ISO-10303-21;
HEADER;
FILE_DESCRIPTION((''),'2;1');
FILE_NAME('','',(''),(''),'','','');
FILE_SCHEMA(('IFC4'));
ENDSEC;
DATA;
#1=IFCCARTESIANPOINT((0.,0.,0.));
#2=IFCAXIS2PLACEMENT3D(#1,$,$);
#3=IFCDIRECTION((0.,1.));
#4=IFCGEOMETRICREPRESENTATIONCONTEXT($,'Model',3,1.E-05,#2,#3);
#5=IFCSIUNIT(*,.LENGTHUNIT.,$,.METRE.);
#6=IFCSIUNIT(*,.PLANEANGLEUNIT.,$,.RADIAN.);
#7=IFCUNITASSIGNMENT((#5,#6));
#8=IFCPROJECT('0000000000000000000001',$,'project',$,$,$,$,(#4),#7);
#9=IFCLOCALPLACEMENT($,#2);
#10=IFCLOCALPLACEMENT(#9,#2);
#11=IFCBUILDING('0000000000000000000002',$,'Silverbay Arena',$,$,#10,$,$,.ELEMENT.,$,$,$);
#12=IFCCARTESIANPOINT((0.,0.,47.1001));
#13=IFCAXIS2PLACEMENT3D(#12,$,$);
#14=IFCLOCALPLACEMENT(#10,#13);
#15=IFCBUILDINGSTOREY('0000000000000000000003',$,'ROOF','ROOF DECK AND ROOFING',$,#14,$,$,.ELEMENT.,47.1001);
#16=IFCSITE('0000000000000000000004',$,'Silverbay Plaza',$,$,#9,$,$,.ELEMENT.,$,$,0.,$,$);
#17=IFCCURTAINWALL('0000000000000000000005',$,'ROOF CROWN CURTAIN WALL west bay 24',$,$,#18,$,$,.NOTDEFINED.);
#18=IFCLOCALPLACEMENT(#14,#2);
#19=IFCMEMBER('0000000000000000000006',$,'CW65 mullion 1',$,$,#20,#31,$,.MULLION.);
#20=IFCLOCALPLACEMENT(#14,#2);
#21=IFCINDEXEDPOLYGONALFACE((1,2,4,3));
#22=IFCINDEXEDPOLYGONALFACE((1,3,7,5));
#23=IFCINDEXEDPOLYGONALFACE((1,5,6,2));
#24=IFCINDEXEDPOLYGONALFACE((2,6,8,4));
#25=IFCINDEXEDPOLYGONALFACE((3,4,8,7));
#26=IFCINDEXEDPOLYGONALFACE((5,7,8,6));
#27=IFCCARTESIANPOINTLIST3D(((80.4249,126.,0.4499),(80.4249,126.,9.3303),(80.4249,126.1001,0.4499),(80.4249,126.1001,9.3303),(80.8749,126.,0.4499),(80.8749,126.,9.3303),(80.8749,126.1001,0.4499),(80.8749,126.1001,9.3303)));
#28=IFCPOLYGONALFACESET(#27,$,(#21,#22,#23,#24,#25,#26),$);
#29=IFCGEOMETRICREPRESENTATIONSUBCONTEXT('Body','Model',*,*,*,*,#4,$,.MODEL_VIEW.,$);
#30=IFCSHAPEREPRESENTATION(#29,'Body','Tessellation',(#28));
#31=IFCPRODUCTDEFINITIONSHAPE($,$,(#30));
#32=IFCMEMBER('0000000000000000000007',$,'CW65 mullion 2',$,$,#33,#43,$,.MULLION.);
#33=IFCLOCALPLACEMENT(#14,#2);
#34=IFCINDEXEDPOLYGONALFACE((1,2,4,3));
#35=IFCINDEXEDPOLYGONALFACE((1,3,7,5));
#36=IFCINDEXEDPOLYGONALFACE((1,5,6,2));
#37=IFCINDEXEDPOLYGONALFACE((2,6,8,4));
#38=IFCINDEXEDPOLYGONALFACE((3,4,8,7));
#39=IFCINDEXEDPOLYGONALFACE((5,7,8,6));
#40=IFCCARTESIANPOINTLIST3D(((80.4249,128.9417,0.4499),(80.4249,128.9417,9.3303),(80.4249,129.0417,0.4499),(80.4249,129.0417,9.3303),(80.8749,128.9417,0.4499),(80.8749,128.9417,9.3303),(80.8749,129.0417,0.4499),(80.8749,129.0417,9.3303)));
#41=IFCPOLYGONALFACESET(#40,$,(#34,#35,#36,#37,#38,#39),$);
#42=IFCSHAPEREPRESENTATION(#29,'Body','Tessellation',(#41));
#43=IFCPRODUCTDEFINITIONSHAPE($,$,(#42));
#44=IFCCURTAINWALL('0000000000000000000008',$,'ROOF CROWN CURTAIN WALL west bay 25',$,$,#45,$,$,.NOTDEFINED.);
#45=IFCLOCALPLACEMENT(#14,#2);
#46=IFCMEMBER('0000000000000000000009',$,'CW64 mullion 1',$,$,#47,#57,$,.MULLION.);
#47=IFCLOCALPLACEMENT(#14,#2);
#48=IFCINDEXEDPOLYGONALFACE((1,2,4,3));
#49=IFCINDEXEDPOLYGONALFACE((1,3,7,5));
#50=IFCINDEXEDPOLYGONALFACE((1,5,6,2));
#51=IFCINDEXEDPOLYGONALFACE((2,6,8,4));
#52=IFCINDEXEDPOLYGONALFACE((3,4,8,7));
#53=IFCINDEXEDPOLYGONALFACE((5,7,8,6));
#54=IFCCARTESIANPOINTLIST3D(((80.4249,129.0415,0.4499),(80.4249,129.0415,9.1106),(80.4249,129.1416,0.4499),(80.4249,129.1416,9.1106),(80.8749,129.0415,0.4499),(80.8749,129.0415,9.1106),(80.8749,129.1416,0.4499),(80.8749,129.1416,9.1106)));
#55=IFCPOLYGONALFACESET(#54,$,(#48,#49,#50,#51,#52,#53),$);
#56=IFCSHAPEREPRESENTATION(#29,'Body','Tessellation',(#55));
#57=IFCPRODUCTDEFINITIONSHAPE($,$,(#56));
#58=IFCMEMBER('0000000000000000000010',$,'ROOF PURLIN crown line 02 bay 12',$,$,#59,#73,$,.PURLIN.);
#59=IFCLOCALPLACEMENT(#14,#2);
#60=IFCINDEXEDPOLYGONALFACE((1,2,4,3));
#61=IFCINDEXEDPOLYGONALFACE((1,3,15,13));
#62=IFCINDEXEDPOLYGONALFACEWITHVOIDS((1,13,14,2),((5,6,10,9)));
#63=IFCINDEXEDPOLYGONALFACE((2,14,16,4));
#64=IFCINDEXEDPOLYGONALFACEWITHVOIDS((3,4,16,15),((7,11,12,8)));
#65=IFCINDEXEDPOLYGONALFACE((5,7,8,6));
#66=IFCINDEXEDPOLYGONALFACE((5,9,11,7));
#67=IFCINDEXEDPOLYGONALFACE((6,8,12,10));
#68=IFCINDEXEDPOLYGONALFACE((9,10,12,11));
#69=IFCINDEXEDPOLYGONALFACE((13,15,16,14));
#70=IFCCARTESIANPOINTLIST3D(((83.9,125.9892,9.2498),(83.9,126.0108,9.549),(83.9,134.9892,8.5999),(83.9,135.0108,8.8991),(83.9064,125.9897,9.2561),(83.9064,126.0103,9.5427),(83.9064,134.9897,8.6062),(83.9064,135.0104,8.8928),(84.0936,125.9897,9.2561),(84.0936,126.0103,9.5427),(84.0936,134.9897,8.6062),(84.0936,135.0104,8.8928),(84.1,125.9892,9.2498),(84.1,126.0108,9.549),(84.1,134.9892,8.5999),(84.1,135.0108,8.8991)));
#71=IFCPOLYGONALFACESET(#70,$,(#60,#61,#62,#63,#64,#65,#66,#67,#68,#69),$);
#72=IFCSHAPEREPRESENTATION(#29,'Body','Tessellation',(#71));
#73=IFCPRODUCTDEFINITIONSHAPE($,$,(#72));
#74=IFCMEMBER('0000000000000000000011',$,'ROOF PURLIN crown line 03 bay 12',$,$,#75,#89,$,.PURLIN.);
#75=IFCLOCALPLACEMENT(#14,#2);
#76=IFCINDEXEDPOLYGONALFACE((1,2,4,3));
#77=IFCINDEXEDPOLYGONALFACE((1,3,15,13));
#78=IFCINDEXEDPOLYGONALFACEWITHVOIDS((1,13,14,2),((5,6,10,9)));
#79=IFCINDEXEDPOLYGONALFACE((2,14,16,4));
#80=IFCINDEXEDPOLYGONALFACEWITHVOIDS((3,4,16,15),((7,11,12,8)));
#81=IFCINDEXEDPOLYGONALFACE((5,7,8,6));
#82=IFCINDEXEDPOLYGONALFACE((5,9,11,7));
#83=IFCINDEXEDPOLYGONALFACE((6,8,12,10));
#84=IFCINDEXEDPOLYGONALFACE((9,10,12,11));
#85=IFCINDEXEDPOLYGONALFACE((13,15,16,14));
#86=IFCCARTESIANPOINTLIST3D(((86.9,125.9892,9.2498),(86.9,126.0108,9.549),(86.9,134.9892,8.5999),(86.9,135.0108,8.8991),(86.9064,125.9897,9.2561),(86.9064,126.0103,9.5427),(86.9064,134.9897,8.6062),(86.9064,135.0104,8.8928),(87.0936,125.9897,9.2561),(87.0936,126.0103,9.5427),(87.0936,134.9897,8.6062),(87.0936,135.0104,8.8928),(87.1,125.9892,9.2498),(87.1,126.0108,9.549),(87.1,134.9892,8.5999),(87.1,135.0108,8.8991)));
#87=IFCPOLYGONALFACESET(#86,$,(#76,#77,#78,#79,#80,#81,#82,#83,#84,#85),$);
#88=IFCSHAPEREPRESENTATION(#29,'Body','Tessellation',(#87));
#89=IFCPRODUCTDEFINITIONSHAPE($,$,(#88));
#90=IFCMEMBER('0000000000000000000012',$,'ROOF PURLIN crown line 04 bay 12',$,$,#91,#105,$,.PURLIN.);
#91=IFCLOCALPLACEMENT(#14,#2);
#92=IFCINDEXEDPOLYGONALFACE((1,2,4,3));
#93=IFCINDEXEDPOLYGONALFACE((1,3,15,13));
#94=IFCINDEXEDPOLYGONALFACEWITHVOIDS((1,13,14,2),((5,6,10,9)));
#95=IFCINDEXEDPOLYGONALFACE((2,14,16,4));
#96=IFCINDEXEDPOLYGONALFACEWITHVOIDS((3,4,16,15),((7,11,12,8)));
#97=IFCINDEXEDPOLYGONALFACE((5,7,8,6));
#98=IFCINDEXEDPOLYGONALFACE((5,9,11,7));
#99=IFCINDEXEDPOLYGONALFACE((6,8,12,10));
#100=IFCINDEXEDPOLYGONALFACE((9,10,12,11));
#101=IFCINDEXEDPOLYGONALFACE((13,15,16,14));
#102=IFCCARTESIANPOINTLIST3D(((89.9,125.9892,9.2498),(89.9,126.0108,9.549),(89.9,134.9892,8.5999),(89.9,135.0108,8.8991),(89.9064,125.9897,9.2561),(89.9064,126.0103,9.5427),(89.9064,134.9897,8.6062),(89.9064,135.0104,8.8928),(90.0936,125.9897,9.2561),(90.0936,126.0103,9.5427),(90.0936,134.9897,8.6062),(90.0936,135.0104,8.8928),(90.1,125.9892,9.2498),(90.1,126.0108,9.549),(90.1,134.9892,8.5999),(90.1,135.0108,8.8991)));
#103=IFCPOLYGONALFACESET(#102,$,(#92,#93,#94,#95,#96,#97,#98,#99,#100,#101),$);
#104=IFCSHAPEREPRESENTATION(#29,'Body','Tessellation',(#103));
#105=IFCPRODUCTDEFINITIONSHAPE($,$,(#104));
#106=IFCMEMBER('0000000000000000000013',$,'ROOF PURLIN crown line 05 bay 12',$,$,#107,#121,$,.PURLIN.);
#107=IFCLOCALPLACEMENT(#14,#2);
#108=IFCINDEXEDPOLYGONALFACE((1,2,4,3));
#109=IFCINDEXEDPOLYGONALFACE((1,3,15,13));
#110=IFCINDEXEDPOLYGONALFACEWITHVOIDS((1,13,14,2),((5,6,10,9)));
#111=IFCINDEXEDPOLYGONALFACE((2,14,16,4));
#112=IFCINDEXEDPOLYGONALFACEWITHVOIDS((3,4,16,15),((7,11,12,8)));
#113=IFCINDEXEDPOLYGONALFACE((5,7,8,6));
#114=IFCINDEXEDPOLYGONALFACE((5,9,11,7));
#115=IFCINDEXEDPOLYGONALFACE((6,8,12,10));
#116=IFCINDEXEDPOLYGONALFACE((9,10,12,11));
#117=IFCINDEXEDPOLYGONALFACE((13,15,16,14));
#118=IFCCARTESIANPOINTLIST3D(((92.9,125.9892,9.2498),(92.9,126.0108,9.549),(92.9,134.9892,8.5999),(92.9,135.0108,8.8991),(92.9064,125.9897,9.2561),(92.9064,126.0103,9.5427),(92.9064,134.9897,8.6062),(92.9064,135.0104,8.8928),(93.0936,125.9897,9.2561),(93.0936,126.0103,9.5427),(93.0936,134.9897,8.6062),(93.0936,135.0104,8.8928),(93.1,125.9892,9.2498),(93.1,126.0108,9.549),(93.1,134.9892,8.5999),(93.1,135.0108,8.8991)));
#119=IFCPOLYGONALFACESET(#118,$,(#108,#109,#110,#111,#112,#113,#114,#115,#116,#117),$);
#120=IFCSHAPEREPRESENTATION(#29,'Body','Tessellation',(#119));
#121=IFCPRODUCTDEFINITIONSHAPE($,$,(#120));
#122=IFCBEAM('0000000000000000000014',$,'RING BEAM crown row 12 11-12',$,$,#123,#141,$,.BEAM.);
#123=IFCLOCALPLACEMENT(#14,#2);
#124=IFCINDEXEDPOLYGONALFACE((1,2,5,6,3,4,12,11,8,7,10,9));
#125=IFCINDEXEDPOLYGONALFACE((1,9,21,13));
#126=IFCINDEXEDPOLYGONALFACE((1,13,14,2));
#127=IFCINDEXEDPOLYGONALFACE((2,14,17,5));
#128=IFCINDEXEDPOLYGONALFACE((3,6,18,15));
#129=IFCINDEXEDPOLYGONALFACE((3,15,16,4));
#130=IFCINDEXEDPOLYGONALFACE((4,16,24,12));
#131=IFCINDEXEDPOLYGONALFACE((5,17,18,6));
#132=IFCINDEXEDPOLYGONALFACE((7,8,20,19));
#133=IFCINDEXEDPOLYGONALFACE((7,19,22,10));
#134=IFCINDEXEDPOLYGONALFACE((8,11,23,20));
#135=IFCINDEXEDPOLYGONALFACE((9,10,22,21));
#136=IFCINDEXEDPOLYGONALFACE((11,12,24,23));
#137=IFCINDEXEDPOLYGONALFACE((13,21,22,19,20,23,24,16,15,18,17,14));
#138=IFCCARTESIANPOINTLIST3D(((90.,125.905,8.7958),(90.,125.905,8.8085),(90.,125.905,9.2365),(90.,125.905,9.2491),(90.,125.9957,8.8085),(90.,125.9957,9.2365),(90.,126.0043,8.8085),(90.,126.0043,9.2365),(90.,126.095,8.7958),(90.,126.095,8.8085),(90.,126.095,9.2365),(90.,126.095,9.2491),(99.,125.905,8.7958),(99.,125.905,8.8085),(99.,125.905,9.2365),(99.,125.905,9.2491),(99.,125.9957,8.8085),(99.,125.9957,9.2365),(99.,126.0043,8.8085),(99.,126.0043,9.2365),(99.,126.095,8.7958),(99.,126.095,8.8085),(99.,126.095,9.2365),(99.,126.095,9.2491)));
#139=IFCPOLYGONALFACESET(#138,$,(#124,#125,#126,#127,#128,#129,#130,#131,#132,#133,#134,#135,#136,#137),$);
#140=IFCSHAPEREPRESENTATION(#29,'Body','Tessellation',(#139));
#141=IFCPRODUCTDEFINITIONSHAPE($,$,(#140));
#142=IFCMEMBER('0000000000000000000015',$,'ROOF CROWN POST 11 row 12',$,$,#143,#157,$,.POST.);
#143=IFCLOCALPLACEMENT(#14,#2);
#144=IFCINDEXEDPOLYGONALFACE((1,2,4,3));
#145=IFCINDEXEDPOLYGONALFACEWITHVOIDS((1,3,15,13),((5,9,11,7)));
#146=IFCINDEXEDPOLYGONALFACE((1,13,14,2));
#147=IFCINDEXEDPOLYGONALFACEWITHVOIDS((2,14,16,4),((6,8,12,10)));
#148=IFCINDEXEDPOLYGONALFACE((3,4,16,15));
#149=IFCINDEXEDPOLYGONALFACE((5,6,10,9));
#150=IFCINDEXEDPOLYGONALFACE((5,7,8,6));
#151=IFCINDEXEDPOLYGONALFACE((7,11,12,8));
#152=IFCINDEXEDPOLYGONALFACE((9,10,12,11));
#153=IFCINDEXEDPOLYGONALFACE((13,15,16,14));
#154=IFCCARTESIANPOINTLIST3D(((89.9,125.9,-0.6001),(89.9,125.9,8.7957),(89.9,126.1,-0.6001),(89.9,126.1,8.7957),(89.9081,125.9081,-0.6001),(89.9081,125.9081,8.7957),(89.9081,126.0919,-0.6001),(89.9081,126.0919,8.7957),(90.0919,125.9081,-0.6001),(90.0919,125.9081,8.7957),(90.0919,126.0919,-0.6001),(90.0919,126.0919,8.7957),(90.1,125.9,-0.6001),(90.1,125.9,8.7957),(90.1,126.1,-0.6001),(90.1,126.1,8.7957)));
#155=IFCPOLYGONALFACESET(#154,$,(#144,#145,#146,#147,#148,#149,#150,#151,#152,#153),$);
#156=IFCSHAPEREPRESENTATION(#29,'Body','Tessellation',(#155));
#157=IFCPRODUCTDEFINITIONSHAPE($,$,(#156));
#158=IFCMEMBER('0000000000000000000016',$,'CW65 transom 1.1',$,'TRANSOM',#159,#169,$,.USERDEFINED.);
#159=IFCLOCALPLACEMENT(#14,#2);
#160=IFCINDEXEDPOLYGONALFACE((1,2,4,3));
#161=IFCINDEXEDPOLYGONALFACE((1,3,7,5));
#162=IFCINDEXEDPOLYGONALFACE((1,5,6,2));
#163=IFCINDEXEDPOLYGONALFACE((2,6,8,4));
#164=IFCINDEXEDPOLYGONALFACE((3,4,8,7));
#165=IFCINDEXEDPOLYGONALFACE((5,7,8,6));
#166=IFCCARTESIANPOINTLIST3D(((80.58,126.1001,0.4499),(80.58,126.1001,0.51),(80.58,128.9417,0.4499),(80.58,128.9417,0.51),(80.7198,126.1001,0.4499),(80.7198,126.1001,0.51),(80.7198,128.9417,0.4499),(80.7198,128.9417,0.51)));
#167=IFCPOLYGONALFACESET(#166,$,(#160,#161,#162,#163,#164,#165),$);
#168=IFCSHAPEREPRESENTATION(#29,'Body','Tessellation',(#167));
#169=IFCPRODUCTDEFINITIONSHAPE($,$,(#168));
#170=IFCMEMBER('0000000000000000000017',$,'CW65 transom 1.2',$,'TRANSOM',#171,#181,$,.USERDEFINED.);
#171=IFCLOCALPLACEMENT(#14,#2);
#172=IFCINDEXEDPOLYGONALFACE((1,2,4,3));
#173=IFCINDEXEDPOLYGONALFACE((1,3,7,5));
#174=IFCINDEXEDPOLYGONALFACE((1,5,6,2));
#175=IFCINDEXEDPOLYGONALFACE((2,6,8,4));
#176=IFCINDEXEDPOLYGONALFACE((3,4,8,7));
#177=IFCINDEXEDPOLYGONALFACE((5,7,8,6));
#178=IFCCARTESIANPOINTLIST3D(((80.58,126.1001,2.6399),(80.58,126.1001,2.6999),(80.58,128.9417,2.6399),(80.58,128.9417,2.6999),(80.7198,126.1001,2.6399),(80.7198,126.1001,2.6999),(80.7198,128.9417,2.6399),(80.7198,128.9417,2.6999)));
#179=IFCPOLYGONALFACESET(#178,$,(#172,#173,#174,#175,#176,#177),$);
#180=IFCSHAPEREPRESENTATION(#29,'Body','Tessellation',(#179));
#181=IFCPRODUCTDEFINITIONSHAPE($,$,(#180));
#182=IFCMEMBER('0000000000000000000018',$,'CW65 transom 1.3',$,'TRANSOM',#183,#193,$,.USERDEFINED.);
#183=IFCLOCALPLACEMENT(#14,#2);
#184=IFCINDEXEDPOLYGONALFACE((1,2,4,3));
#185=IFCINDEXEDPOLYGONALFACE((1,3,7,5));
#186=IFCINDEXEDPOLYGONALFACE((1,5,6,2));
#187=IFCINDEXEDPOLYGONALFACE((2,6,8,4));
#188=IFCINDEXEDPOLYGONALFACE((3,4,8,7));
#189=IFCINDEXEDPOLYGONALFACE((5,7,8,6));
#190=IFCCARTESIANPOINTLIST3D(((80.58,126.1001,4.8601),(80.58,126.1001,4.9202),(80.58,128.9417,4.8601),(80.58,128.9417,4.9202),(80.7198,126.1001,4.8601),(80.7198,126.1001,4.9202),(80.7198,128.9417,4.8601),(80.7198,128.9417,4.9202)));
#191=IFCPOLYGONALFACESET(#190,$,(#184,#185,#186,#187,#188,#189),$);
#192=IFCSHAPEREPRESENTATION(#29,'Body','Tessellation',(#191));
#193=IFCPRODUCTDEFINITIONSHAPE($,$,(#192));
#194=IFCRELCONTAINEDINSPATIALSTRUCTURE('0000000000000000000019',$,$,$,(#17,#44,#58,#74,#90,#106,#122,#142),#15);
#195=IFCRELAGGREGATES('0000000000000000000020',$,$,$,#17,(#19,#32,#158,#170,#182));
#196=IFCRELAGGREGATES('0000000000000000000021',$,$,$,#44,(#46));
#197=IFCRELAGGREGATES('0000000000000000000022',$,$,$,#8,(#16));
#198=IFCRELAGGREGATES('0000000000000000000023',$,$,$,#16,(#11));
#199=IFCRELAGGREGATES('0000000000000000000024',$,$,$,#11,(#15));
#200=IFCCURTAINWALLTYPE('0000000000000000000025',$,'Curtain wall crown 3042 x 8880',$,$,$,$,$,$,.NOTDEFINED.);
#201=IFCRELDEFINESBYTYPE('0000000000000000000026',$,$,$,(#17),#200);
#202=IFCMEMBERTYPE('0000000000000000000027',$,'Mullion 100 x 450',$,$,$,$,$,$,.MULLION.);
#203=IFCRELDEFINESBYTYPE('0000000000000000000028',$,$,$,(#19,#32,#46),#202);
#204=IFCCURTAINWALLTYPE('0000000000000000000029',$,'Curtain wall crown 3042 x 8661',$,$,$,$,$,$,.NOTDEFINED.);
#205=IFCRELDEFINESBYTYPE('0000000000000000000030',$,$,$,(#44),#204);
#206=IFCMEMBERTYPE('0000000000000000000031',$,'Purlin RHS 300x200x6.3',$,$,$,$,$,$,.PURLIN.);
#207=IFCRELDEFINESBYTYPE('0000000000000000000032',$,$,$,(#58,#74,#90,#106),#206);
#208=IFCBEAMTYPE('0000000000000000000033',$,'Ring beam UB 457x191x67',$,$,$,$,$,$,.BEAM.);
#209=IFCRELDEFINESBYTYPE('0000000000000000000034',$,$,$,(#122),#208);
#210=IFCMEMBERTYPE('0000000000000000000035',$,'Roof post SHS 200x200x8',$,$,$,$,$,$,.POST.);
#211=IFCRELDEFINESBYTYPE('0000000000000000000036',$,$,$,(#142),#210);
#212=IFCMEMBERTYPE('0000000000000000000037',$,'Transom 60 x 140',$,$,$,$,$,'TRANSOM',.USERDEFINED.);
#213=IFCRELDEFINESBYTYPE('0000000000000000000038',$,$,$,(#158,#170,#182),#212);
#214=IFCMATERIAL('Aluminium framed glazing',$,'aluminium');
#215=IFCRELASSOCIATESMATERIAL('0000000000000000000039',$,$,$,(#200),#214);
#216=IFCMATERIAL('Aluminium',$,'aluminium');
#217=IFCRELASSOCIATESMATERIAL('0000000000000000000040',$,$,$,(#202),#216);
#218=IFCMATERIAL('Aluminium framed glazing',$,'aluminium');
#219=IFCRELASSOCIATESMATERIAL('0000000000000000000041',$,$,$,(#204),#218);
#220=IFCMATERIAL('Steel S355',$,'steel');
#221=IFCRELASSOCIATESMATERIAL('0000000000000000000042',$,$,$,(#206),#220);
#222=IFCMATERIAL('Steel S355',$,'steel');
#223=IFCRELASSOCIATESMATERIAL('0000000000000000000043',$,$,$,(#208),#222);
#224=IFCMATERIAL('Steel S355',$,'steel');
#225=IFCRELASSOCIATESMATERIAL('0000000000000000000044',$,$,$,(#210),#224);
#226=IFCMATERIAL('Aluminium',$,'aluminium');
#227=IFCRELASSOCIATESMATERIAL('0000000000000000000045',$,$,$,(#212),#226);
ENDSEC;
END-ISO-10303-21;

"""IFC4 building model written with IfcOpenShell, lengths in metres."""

from ifc_helpers import new_model, si_unit, direction, frame, origin, origin_2d, place, context, subcontext, project, spatial, rectangle, hollow_rectangle, i_section, extrude, material, material_profile, profile_set, type_object, element, aggregate, save


model = new_model("IFC4")

# Units and contexts
model_context = context("Model", 3, precision=1e-05, world=origin(), true_north=direction((0.0, 1.0)))
body_context = subcontext(model_context, "Body", "Model", "MODEL_VIEW")
ifc_project = project(units=[si_unit("LENGTHUNIT", "METRE"), si_unit("PLANEANGLEUNIT", "RADIAN")], contexts=[model_context])

# Site, building, storey
site_placement = place(None, origin())
site = spatial("IfcSite", under=ifc_project, at=site_placement, Name="Silverbay Plaza", CompositionType="ELEMENT", RefElevation=0.0)
building_placement = place(site_placement, origin())
building = spatial("IfcBuilding", under=site, at=building_placement, Name="Silverbay Arena", CompositionType="ELEMENT")
storey_placement = place(building_placement, frame((0.0, 0.0, 47.1001)))
storey = spatial("IfcBuildingStorey", under=building, at=storey_placement, Name="ROOF", Description="ROOF DECK AND ROOFING", CompositionType="ELEMENT", Elevation=47.1001)

# Curtain wall, members
ifc_material_1 = material(Name="Aluminium framed glazing", Category="aluminium")
curtain_wall_type_1 = type_object("IfcCurtainWallType", Name="Curtain wall crown 3042 x 8880", PredefinedType="NOTDEFINED", material=ifc_material_1)
curtain_wall_1_placement = place(storey_placement, origin())
curtain_wall_1 = element("IfcCurtainWall", 1, at=curtain_wall_1_placement, inside=storey, type_object=curtain_wall_type_1, Name="ROOF CROWN CURTAIN WALL west bay 24", PredefinedType="NOTDEFINED")
ifc_material_2 = material(Name="Aluminium", Category="aluminium")
ifc_material_profile_1 = material_profile(ifc_material_2, rectangle(XDim=0.45, YDim=0.1001, at=origin_2d()), Name="Mullion 100 x 450")
ifc_profile_set_1 = profile_set([ifc_material_profile_1], Name="Aluminium")
member_type_1 = type_object("IfcMemberType", Name="Mullion 100 x 450", PredefinedType="MULLION", material=ifc_profile_set_1)
placement = place(building_placement, frame((0.0, 0.0, 33.5)))
member_1_placement = place(placement, frame((80.6499, 126.05, 14.05), z_axis=(0.0, 0.0, 1.0), x_axis=(-1.0, 0.0, 0.0)))
member_1 = element("IfcMember", 2, at=member_1_placement, type_object=member_type_1, Name="CW65 mullion 1", PredefinedType="MULLION", context=body_context, shape_type="SweptSolid", body=[
    extrude(rectangle(XDim=0.45, YDim=0.1001, at=origin_2d()), origin(), (0.0, 0.0, 1.0), 8.8804),
])
member_2_placement = place(placement, frame((80.6499, 128.9917, 14.05), z_axis=(0.0, 0.0, 1.0), x_axis=(-1.0, 0.0, 0.0)))
member_2 = element("IfcMember", 3, at=member_2_placement, type_object=member_type_1, Name="CW65 mullion 2", PredefinedType="MULLION", context=body_context, shape_type="SweptSolid", body=[
    extrude(rectangle(XDim=0.45, YDim=0.1001, at=origin_2d()), origin(), (0.0, 0.0, 1.0), 8.8804),
])

# Curtain wall, member
ifc_material_3 = material(Name="Aluminium framed glazing", Category="aluminium")
curtain_wall_type_2 = type_object("IfcCurtainWallType", Name="Curtain wall crown 3042 x 8661", PredefinedType="NOTDEFINED", material=ifc_material_3)
curtain_wall_2_placement = place(storey_placement, origin())
curtain_wall_2 = element("IfcCurtainWall", 4, at=curtain_wall_2_placement, inside=storey, type_object=curtain_wall_type_2, Name="ROOF CROWN CURTAIN WALL west bay 25", PredefinedType="NOTDEFINED")
member_3_placement = place(placement, frame((80.6499, 129.0916, 14.05), z_axis=(0.0, 0.0, 1.0), x_axis=(-1.0, 0.0, 0.0)))
member_3 = element("IfcMember", 5, at=member_3_placement, type_object=member_type_1, Name="CW64 mullion 1", PredefinedType="MULLION", context=body_context, shape_type="SweptSolid", body=[
    extrude(rectangle(XDim=0.45, YDim=0.1001, at=origin_2d()), origin(), (0.0, 0.0, 1.0), 8.6606),
])

# Members
ifc_material_4 = material(Name="Steel S355", Category="steel")
ifc_material_profile_2 = material_profile(ifc_material_4, hollow_rectangle(XDim=0.2, YDim=0.3, WallThickness=0.0063, at=origin_2d()), Name="RHS 300x200x6.3")
ifc_profile_set_2 = profile_set([ifc_material_profile_2], Name="Steel S355")
member_type_2 = type_object("IfcMemberType", Name="Purlin RHS 300x200x6.3", PredefinedType="PURLIN", material=ifc_profile_set_2)
for number, where, z_axis, x_axis, name in (
    (6, (84.0, 126.0, 9.3994), (0.0, 0.997403, -0.072024), (-1.0, 0.0, 0.0), "ROOF PURLIN crown line 02 bay 12"),
    (7, (87.0, 126.0, 9.3994), (0.0, 0.997403, -0.072024), (-1.0, 0.0, 0.0), "ROOF PURLIN crown line 03 bay 12"),
    (8, (90.0, 126.0, 9.3994), (0.0, 0.997403, -0.072024), (-1.0, 0.0, 0.0), "ROOF PURLIN crown line 04 bay 12"),
    (9, (93.0, 126.0, 9.3994), (0.0, 0.997403, -0.072024), (-1.0, 0.0, 0.0), "ROOF PURLIN crown line 05 bay 12"),
):
    element("IfcMember", number, at=place(storey_placement, frame(where, z_axis=z_axis, x_axis=x_axis)), inside=storey, type_object=member_type_2, Name=name, PredefinedType="PURLIN", context=body_context, shape_type="SweptSolid", body=[
        extrude(hollow_rectangle(XDim=0.2, YDim=0.3, WallThickness=0.0063, at=origin_2d()), origin(), (0.0, 0.0, 1.0), 9.0234),
    ])

# Beam
ifc_material_5 = material(Name="Steel S355", Category="steel")
ifc_material_profile_3 = material_profile(ifc_material_5, i_section(OverallWidth=0.1899, OverallDepth=0.4534, WebThickness=0.0085, FlangeThickness=0.0127, at=origin_2d()), Name="UB 457x191x67")
ifc_profile_set_3 = profile_set([ifc_material_profile_3], Name="Steel S355")
beam_type = type_object("IfcBeamType", Name="Ring beam UB 457x191x67", PredefinedType="BEAM", material=ifc_profile_set_3)
beam_placement = place(storey_placement, frame((90.0, 126.0, 9.0225), z_axis=(1.0, 0.0, 0.0), x_axis=(0.0, 1.0, 0.0)))
element("IfcBeam", 10, at=beam_placement, inside=storey, type_object=beam_type, Name="RING BEAM crown row 12 11-12", PredefinedType="BEAM", context=body_context, shape_type="SweptSolid", body=[
    extrude(i_section(OverallWidth=0.1899, OverallDepth=0.4534, WebThickness=0.0085, FlangeThickness=0.0127, at=origin_2d()), origin(), (0.0, 0.0, 1.0), 9.0),
])

# Members
ifc_material_6 = material(Name="Steel S355", Category="steel")
ifc_material_profile_4 = material_profile(ifc_material_6, hollow_rectangle(XDim=0.2, YDim=0.2, WallThickness=0.0081, at=origin_2d()), Name="SHS 200x200x8")
ifc_profile_set_4 = profile_set([ifc_material_profile_4], Name="Steel S355")
member_type_3 = type_object("IfcMemberType", Name="Roof post SHS 200x200x8", PredefinedType="POST", material=ifc_profile_set_4)
member_4_placement = place(storey_placement, frame((90.0, 126.0, -0.6001), z_axis=(0.0, 0.0, 1.0), x_axis=(1.0, 0.0, 0.0)))
element("IfcMember", 11, at=member_4_placement, inside=storey, type_object=member_type_3, Name="ROOF CROWN POST 11 row 12", PredefinedType="POST", context=body_context, shape_type="SweptSolid", body=[
    extrude(hollow_rectangle(XDim=0.2, YDim=0.2, WallThickness=0.0081, at=origin_2d()), origin(), (0.0, 0.0, 1.0), 9.3958),
])
ifc_material_7 = material(Name="Aluminium", Category="aluminium")
ifc_material_profile_5 = material_profile(ifc_material_7, rectangle(XDim=0.1399, YDim=0.0601, at=origin_2d()), Name="Transom 60 x 140")
ifc_profile_set_5 = profile_set([ifc_material_profile_5], Name="Aluminium")
member_type_4 = type_object("IfcMemberType", Name="Transom 60 x 140", ElementType="TRANSOM", PredefinedType="USERDEFINED", material=ifc_profile_set_5)
member_5_placement = place(placement, frame((80.6499, 126.1001, 14.0801), z_axis=(0.0, 1.0, 0.0), x_axis=(-1.0, 0.0, 0.0)))
member_5 = element("IfcMember", 12, at=member_5_placement, type_object=member_type_4, Name="CW65 transom 1.1", ObjectType="TRANSOM", PredefinedType="USERDEFINED", context=body_context, shape_type="SweptSolid", body=[
    extrude(rectangle(XDim=0.1399, YDim=0.0601, at=origin_2d()), origin(), (0.0, 0.0, 1.0), 2.8416),
])
member_6_placement = place(placement, frame((80.6499, 126.1001, 16.27), z_axis=(0.0, 1.0, 0.0), x_axis=(-1.0, 0.0, 0.0)))
member_6 = element("IfcMember", 13, at=member_6_placement, type_object=member_type_4, Name="CW65 transom 1.2", ObjectType="TRANSOM", PredefinedType="USERDEFINED", context=body_context, shape_type="SweptSolid", body=[
    extrude(rectangle(XDim=0.1399, YDim=0.0601, at=origin_2d()), origin(), (0.0, 0.0, 1.0), 2.8416),
])
member_7_placement = place(placement, frame((80.6499, 126.1001, 18.4902), z_axis=(0.0, 1.0, 0.0), x_axis=(-1.0, 0.0, 0.0)))
member_7 = element("IfcMember", 14, at=member_7_placement, type_object=member_type_4, Name="CW65 transom 1.3", ObjectType="TRANSOM", PredefinedType="USERDEFINED", context=body_context, shape_type="SweptSolid", body=[
    extrude(rectangle(XDim=0.1399, YDim=0.0601, at=origin_2d()), origin(), (0.0, 0.0, 1.0), 2.8416),
])

aggregate(curtain_wall_1, [member_1, member_2, member_5, member_6, member_7])
aggregate(curtain_wall_2, [member_3])

save(model, "model.ifc")
